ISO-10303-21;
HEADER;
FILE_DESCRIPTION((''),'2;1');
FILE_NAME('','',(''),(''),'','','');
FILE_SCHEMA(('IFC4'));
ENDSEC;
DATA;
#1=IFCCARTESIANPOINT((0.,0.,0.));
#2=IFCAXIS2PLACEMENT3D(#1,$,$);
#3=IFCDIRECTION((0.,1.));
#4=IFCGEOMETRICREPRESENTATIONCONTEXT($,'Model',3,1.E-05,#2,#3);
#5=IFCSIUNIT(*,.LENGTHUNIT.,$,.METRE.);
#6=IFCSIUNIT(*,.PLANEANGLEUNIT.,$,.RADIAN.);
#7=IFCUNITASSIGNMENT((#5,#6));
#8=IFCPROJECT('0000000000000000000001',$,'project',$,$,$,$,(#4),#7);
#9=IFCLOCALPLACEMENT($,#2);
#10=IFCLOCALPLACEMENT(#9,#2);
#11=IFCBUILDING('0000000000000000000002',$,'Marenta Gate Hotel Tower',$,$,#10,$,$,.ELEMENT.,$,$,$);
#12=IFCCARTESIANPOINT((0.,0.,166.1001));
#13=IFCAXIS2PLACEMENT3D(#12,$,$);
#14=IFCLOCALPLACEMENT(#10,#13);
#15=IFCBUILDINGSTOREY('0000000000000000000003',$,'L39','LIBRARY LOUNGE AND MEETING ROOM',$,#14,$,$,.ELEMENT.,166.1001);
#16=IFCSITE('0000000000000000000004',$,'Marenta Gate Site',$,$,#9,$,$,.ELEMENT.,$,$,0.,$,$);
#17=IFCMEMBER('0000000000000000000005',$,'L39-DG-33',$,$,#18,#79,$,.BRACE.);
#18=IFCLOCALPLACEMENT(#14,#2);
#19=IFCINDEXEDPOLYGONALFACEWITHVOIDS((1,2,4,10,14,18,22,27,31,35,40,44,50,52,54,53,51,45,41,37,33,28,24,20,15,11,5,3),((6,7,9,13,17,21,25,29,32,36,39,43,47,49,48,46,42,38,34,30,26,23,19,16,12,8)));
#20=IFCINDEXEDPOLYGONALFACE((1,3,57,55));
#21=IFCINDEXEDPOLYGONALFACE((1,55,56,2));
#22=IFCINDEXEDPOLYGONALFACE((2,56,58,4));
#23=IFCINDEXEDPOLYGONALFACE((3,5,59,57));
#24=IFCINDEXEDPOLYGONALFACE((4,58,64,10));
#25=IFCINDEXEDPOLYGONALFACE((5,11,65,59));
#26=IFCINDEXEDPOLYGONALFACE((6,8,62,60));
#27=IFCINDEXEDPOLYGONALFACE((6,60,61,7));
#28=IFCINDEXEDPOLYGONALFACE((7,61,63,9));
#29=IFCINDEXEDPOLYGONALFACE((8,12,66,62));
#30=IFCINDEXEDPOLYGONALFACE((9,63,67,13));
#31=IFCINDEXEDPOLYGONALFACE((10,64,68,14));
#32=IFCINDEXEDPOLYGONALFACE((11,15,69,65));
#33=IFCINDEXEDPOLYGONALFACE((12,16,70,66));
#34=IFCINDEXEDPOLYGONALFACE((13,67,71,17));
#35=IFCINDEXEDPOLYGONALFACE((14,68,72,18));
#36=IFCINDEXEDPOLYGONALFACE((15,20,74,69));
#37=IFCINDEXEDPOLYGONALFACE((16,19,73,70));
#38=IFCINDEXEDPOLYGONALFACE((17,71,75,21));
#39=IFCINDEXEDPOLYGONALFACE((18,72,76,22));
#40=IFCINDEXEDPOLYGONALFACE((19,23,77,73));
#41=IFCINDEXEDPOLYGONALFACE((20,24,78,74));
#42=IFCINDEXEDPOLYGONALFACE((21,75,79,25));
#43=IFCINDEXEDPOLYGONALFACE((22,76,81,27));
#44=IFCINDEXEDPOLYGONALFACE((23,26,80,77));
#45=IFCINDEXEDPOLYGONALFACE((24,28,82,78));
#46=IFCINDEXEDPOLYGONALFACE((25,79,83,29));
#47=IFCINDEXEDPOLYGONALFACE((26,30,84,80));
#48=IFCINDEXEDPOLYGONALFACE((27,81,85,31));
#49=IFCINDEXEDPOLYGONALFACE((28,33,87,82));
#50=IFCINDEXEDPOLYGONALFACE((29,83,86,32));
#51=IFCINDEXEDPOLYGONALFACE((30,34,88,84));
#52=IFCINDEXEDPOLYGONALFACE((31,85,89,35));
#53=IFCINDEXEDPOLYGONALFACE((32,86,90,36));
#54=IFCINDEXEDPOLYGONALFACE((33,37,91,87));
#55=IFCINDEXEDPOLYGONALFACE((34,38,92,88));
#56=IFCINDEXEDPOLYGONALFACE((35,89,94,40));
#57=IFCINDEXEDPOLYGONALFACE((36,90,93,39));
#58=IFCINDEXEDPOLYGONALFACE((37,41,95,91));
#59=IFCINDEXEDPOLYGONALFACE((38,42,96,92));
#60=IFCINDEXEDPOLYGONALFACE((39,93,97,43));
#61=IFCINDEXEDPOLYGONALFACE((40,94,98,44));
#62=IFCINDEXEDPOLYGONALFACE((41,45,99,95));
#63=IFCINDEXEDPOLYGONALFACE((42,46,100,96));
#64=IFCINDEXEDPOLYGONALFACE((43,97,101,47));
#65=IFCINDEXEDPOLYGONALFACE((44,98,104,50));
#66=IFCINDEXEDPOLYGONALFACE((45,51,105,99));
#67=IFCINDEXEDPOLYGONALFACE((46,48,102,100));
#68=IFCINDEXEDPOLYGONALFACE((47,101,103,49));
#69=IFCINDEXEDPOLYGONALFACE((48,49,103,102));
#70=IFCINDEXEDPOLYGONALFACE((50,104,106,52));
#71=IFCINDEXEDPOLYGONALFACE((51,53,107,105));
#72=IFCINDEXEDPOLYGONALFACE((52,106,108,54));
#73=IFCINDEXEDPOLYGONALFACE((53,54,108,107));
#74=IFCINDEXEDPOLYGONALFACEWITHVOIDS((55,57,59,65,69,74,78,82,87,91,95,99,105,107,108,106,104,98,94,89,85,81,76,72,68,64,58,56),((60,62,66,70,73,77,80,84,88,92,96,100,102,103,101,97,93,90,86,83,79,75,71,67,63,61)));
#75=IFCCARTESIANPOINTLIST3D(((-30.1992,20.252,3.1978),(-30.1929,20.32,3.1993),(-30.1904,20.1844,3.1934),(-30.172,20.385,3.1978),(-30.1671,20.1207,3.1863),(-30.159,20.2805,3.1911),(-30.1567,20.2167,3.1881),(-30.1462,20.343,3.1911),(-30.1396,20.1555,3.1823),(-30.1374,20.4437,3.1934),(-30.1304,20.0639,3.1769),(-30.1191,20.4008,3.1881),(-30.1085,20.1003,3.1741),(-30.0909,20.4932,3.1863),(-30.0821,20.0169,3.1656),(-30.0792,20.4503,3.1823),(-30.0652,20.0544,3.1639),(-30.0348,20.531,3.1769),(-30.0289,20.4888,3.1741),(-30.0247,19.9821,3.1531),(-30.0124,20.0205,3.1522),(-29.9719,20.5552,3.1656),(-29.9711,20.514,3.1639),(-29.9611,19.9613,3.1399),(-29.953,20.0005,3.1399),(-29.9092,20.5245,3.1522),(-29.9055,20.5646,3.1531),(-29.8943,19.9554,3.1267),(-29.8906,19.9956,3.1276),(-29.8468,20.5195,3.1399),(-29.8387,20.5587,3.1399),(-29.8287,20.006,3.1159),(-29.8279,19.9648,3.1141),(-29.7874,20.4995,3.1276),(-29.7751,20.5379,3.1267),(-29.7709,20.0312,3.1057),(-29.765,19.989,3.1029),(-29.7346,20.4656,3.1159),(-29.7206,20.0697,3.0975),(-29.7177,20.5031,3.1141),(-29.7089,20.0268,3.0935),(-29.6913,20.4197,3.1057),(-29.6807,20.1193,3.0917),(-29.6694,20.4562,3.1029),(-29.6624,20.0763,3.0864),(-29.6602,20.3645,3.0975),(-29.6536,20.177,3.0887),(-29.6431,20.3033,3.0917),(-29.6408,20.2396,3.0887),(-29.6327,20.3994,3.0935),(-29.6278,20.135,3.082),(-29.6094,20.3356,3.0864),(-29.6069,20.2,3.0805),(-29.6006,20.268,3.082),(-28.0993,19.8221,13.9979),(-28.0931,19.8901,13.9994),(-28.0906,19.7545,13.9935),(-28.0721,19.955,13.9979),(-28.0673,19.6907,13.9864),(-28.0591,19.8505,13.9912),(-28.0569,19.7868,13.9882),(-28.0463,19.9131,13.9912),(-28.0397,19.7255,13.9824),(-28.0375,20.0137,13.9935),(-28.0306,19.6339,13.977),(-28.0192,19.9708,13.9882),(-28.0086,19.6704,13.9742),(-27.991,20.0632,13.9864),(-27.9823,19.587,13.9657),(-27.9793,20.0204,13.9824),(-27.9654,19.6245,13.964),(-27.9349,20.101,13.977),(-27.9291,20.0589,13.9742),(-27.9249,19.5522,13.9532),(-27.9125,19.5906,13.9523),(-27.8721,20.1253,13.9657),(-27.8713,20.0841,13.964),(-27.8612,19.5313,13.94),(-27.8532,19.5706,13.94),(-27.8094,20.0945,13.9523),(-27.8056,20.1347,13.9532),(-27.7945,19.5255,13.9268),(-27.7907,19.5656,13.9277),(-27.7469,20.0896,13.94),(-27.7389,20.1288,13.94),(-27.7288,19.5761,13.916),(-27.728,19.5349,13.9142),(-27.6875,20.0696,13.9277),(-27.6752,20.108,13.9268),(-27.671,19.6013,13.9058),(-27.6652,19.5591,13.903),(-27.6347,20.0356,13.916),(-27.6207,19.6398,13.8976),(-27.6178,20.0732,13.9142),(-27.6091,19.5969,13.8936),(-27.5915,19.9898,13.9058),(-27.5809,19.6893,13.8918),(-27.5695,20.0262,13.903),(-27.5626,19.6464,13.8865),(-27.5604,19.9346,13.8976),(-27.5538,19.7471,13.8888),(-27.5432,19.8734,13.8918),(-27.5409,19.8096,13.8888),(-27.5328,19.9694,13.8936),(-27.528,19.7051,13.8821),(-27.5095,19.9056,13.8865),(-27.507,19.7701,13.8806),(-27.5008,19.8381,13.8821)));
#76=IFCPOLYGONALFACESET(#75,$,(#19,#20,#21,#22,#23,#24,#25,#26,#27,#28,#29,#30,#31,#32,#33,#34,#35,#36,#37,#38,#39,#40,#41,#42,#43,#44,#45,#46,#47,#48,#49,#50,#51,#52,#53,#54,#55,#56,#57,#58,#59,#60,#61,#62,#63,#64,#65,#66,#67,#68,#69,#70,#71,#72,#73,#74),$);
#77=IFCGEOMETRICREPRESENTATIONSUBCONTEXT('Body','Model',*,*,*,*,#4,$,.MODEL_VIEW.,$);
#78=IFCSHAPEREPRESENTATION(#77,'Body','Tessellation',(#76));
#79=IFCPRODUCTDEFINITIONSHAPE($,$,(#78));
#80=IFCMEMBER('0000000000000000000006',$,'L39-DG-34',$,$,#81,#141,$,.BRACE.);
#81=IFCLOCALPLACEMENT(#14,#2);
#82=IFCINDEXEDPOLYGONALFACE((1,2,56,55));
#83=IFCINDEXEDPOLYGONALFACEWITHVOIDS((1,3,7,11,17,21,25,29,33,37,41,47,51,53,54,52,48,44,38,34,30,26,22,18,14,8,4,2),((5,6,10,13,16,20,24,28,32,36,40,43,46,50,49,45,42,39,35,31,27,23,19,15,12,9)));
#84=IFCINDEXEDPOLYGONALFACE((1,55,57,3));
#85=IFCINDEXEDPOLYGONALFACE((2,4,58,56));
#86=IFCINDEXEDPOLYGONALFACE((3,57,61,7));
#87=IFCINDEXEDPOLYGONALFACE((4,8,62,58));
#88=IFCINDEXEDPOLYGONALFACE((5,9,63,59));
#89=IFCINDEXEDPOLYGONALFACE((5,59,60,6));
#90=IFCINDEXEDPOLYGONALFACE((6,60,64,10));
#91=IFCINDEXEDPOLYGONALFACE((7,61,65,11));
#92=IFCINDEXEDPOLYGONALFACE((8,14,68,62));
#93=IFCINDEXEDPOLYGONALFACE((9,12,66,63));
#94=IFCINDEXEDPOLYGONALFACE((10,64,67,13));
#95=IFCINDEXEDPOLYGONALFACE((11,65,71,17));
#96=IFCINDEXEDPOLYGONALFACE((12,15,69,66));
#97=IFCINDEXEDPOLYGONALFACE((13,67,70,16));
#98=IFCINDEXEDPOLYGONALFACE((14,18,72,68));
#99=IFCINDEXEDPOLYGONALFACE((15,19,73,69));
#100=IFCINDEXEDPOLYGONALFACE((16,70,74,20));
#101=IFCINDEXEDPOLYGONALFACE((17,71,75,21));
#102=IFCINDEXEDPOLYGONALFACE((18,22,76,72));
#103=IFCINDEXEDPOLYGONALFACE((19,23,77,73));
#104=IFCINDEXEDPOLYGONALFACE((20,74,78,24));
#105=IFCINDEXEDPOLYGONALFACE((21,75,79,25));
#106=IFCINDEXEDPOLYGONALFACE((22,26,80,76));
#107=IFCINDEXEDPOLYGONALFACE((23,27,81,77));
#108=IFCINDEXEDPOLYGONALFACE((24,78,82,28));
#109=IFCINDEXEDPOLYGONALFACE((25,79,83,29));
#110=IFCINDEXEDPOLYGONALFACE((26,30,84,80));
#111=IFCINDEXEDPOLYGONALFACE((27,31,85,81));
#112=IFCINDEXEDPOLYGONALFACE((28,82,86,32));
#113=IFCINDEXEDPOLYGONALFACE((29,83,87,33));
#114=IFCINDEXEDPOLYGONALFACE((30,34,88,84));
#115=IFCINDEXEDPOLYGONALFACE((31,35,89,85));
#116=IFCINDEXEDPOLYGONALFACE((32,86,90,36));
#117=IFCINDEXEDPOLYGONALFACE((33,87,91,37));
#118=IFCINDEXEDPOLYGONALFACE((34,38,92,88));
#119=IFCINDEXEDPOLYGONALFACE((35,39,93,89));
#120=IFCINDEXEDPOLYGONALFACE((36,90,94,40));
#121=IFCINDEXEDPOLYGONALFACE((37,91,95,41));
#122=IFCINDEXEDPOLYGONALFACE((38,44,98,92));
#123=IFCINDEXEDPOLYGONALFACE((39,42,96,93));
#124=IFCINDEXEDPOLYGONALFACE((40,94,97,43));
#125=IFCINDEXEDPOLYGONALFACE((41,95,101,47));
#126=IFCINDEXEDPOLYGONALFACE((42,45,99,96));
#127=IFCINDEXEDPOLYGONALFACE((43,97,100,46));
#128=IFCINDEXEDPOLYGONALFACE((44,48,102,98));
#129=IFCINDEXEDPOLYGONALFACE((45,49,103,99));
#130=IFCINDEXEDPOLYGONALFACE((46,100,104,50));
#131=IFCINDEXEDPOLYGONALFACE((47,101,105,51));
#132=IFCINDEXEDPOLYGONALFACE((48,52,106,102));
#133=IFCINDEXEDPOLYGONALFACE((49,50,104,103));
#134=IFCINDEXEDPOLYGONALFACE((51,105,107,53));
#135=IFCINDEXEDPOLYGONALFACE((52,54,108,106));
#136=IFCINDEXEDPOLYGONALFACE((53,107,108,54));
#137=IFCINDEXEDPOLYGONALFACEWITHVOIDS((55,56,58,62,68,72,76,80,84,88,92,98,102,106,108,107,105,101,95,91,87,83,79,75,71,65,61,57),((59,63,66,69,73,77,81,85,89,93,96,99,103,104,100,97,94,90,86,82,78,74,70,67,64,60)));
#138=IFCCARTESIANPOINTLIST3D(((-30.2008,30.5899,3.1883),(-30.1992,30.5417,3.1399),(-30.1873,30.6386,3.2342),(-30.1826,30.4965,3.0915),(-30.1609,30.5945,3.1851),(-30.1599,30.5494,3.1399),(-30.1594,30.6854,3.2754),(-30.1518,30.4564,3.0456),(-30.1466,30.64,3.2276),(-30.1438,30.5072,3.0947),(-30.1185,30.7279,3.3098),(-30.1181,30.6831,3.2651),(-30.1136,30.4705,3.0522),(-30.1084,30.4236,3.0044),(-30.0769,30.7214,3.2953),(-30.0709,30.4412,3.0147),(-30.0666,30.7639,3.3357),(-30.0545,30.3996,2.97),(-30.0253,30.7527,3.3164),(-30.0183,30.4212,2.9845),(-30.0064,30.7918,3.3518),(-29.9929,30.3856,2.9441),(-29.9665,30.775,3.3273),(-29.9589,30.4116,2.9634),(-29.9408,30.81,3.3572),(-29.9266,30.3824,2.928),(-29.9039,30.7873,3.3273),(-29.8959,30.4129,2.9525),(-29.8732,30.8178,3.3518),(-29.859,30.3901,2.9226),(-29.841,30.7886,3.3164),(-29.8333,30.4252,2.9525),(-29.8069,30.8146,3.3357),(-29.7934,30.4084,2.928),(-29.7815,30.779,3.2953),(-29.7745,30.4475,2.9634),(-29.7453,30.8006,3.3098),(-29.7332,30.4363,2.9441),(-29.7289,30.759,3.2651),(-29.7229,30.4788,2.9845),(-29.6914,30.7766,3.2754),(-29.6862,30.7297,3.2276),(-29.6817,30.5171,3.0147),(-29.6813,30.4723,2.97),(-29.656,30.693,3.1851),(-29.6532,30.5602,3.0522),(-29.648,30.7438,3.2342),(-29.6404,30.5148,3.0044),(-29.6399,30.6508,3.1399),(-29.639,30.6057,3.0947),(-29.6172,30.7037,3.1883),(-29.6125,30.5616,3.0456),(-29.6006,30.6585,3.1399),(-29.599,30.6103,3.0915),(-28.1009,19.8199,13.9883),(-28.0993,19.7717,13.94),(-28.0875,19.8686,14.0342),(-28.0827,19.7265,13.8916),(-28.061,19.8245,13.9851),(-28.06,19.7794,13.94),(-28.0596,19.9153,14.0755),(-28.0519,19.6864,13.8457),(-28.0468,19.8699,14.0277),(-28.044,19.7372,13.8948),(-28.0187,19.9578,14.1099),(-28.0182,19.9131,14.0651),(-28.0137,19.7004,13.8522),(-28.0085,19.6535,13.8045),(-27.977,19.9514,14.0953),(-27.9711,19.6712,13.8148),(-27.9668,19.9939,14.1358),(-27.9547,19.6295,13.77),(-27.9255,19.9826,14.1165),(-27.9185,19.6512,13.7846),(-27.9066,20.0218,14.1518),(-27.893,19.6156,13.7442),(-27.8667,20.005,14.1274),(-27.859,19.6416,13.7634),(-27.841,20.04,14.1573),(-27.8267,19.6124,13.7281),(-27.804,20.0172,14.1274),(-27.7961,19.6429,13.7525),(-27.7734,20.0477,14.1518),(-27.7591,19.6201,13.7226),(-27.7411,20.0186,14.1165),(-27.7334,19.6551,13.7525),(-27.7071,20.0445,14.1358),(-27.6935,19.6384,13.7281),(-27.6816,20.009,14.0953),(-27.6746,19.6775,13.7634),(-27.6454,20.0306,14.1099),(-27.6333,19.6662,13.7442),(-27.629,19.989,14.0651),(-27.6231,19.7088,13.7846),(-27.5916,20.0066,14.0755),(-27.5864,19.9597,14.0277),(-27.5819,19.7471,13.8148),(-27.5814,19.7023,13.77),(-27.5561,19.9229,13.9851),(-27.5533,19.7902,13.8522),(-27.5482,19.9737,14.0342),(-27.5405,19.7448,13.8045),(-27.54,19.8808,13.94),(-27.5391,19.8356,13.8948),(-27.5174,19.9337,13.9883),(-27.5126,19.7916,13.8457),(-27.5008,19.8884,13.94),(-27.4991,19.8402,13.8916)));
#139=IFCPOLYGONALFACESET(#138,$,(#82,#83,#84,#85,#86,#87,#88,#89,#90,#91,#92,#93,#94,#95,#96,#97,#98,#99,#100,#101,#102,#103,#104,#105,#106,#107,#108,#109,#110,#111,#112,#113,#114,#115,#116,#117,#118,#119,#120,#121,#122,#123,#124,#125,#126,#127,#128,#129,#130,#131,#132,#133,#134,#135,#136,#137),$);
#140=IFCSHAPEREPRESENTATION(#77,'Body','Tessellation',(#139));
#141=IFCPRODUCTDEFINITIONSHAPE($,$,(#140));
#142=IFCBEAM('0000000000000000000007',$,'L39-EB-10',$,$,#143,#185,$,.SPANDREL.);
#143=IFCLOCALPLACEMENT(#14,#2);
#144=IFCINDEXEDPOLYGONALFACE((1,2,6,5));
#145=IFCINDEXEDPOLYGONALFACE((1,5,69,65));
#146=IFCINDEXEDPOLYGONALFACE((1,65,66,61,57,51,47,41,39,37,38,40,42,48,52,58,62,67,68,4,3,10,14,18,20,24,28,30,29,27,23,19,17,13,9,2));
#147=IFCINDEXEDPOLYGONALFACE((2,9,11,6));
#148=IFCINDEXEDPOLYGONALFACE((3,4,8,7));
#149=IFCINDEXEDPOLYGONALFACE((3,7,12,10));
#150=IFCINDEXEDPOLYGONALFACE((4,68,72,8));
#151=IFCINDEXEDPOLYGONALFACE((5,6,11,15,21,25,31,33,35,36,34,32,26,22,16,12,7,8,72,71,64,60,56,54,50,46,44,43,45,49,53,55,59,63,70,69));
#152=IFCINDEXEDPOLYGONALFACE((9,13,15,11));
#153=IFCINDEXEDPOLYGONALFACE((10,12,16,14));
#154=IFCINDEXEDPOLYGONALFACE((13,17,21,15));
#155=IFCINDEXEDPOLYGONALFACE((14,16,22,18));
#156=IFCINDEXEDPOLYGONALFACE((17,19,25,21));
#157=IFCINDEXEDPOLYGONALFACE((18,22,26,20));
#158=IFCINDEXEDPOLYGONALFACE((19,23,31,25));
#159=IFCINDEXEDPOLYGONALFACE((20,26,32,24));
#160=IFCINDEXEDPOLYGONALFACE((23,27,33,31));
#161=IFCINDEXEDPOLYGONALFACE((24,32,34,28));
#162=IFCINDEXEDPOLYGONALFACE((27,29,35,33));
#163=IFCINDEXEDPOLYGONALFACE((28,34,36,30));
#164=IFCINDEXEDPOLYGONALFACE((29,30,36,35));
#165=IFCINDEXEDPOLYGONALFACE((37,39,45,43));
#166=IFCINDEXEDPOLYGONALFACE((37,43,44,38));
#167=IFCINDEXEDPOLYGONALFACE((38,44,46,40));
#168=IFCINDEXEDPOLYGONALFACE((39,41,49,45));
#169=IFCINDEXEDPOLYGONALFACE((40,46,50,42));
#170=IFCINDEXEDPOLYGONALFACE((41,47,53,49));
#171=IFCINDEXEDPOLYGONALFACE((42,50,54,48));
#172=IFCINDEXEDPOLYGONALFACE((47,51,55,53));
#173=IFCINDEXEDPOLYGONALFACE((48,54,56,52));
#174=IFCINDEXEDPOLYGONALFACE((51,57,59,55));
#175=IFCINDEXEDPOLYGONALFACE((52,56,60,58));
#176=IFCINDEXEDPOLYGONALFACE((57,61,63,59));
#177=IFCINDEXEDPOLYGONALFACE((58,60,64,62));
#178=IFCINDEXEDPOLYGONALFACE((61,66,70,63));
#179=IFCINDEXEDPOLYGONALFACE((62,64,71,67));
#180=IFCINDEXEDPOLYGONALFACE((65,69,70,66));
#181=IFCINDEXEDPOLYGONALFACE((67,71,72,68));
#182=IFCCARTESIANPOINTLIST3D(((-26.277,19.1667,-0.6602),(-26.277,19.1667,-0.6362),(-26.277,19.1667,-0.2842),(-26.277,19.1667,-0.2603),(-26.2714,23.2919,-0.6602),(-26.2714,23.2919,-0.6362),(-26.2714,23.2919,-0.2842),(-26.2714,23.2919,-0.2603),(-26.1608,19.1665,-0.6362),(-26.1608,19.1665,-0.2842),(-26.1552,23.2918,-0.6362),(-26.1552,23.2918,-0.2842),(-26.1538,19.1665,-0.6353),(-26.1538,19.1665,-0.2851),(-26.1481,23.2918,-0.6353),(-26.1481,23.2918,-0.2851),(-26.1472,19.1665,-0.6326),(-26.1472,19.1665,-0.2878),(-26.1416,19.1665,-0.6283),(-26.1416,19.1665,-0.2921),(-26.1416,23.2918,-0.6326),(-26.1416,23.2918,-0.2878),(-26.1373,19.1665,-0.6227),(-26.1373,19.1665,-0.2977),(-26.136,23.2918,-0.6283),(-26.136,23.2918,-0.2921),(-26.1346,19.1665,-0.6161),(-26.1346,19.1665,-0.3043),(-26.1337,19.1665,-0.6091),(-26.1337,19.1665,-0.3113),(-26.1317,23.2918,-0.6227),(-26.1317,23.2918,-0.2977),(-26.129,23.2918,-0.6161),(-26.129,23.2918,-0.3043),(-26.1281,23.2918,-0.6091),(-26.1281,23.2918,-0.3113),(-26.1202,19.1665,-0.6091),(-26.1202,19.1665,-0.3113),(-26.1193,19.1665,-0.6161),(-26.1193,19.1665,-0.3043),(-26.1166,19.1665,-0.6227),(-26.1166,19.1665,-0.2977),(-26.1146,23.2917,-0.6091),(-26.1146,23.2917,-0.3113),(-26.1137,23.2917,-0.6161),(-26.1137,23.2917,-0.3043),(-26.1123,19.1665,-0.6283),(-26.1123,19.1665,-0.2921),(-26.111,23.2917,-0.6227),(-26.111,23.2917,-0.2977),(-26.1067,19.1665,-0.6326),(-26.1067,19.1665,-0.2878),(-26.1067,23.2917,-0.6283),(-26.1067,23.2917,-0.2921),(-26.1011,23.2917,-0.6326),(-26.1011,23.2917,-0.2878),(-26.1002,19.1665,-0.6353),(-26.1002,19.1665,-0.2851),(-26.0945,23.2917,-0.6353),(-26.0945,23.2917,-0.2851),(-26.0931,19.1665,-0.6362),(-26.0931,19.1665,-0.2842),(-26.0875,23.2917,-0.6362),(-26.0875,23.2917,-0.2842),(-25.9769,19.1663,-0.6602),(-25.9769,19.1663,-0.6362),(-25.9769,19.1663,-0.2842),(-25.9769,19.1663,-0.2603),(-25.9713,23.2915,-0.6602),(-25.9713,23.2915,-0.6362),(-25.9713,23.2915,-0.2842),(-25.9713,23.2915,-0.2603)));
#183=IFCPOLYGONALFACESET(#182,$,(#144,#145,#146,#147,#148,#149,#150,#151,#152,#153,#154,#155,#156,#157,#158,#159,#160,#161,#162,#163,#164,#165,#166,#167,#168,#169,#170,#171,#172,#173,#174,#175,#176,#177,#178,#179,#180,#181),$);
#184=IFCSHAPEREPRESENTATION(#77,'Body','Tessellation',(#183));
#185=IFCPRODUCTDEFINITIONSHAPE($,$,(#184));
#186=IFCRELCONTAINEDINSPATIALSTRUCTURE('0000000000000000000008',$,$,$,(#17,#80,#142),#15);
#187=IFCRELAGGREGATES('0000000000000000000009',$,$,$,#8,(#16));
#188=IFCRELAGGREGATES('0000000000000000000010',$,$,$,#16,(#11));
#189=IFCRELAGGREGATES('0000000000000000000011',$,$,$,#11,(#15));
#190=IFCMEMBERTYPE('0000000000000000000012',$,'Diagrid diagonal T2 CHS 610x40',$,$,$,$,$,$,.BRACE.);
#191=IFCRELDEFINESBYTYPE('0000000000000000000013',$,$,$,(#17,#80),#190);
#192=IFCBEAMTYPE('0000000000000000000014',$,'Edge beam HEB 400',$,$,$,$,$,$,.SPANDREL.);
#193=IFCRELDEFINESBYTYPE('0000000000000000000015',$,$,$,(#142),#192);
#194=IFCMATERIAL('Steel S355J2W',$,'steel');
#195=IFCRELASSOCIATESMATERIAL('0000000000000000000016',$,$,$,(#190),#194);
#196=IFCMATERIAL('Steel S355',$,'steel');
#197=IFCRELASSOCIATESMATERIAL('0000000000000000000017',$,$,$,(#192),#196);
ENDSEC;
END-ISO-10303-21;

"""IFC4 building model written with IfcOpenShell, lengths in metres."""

from ifc_helpers import new_model, si_unit, direction, frame, origin, origin_2d, place, context, subcontext, project, spatial, hollow_circle, i_section, extrude, material, material_profile, profile_set, type_object, element, save


model = new_model("IFC4")

# Units and contexts
model_context = context("Model", 3, precision=1e-05, world=origin(), true_north=direction((0.0, 1.0)))
body_context = subcontext(model_context, "Body", "Model", "MODEL_VIEW")
ifc_project = project(units=[si_unit("LENGTHUNIT", "METRE"), si_unit("PLANEANGLEUNIT", "RADIAN")], contexts=[model_context])

# Site, building, storey
site_placement = place(None, origin())
site = spatial("IfcSite", under=ifc_project, at=site_placement, Name="Marenta Gate Site", CompositionType="ELEMENT", RefElevation=0.0)
building_placement = place(site_placement, origin())
building = spatial("IfcBuilding", under=site, at=building_placement, Name="Marenta Gate Hotel Tower", CompositionType="ELEMENT")
storey_placement = place(building_placement, frame((0.0, 0.0, 166.1001)))
storey = spatial("IfcBuildingStorey", under=building, at=storey_placement, Name="L39", Description="LIBRARY LOUNGE AND MEETING ROOM", CompositionType="ELEMENT", Elevation=166.1001)

# Members
ifc_material_1 = material(Name="Steel S355J2W", Category="steel")
ifc_material_profile_1 = material_profile(ifc_material_1, hollow_circle(Radius=0.3049, WallThickness=0.04, at=origin_2d()), Name="CHS 610x40")
ifc_profile_set_1 = profile_set([ifc_material_profile_1], Name="Steel S355J2W")
member_type_1 = type_object("IfcMemberType", Name="Diagrid diagonal T2 CHS 610x40", PredefinedType="BRACE", material=ifc_profile_set_1)
member_1_placement = place(storey_placement, frame((-29.8999, 20.26, 3.1399), z_axis=(0.19071, -0.039047, 0.980869), x_axis=(0.200583, 0.979677, 0.0)))
element("IfcMember", 1, at=member_1_placement, inside=storey, type_object=member_type_1, Name="L39-DG-33", PredefinedType="BRACE", context=body_context, shape_type="SweptSolid", body=[
    extrude(hollow_circle(Radius=0.3049, WallThickness=0.04, at=origin_2d()), origin(), (0.0, 0.0, 1.0), 11.0107),
])
member_2_placement = place(storey_placement, frame((-29.8999, 30.6001, 3.1399), z_axis=(0.136388, -0.699523, 0.701474), x_axis=(0.981518, 0.191369, 0.0)))
element("IfcMember", 2, at=member_2_placement, inside=storey, type_object=member_type_1, Name="L39-DG-34", PredefinedType="BRACE", context=body_context, shape_type="SweptSolid", body=[
    extrude(hollow_circle(Radius=0.3049, WallThickness=0.04, at=origin_2d()), origin(), (0.0, 0.0, 1.0), 15.3962),
])

# Beam
ifc_material_2 = material(Name="Steel S355", Category="steel")
ifc_material_profile_2 = material_profile(ifc_material_2, i_section(OverallWidth=0.3, OverallDepth=0.3999, WebThickness=0.0134, FlangeThickness=0.0239, FilletRadius=0.0271, at=origin_2d()), Name="HEB 400")
ifc_profile_set_2 = profile_set([ifc_material_profile_2], Name="Steel S355")
beam_type_1 = type_object("IfcBeamType", Name="Edge beam HEB 400", PredefinedType="SPANDREL", material=ifc_profile_set_2)
beam_1_placement = place(storey_placement, frame((-26.127, 19.1665, -0.4602), z_axis=(0.001361, 0.999999, 0.0), x_axis=(-0.999999, 0.001361, 0.0)))
element("IfcBeam", 3, at=beam_1_placement, inside=storey, type_object=beam_type_1, Name="L39-EB-10", PredefinedType="SPANDREL", context=body_context, shape_type="SweptSolid", body=[
    extrude(i_section(OverallWidth=0.3, OverallDepth=0.3999, WebThickness=0.0134, FlangeThickness=0.0239, FilletRadius=0.0271, at=origin_2d()), origin(), (0.0, 0.0, 1.0), 4.1252),
])

save(model, "model.ifc")
